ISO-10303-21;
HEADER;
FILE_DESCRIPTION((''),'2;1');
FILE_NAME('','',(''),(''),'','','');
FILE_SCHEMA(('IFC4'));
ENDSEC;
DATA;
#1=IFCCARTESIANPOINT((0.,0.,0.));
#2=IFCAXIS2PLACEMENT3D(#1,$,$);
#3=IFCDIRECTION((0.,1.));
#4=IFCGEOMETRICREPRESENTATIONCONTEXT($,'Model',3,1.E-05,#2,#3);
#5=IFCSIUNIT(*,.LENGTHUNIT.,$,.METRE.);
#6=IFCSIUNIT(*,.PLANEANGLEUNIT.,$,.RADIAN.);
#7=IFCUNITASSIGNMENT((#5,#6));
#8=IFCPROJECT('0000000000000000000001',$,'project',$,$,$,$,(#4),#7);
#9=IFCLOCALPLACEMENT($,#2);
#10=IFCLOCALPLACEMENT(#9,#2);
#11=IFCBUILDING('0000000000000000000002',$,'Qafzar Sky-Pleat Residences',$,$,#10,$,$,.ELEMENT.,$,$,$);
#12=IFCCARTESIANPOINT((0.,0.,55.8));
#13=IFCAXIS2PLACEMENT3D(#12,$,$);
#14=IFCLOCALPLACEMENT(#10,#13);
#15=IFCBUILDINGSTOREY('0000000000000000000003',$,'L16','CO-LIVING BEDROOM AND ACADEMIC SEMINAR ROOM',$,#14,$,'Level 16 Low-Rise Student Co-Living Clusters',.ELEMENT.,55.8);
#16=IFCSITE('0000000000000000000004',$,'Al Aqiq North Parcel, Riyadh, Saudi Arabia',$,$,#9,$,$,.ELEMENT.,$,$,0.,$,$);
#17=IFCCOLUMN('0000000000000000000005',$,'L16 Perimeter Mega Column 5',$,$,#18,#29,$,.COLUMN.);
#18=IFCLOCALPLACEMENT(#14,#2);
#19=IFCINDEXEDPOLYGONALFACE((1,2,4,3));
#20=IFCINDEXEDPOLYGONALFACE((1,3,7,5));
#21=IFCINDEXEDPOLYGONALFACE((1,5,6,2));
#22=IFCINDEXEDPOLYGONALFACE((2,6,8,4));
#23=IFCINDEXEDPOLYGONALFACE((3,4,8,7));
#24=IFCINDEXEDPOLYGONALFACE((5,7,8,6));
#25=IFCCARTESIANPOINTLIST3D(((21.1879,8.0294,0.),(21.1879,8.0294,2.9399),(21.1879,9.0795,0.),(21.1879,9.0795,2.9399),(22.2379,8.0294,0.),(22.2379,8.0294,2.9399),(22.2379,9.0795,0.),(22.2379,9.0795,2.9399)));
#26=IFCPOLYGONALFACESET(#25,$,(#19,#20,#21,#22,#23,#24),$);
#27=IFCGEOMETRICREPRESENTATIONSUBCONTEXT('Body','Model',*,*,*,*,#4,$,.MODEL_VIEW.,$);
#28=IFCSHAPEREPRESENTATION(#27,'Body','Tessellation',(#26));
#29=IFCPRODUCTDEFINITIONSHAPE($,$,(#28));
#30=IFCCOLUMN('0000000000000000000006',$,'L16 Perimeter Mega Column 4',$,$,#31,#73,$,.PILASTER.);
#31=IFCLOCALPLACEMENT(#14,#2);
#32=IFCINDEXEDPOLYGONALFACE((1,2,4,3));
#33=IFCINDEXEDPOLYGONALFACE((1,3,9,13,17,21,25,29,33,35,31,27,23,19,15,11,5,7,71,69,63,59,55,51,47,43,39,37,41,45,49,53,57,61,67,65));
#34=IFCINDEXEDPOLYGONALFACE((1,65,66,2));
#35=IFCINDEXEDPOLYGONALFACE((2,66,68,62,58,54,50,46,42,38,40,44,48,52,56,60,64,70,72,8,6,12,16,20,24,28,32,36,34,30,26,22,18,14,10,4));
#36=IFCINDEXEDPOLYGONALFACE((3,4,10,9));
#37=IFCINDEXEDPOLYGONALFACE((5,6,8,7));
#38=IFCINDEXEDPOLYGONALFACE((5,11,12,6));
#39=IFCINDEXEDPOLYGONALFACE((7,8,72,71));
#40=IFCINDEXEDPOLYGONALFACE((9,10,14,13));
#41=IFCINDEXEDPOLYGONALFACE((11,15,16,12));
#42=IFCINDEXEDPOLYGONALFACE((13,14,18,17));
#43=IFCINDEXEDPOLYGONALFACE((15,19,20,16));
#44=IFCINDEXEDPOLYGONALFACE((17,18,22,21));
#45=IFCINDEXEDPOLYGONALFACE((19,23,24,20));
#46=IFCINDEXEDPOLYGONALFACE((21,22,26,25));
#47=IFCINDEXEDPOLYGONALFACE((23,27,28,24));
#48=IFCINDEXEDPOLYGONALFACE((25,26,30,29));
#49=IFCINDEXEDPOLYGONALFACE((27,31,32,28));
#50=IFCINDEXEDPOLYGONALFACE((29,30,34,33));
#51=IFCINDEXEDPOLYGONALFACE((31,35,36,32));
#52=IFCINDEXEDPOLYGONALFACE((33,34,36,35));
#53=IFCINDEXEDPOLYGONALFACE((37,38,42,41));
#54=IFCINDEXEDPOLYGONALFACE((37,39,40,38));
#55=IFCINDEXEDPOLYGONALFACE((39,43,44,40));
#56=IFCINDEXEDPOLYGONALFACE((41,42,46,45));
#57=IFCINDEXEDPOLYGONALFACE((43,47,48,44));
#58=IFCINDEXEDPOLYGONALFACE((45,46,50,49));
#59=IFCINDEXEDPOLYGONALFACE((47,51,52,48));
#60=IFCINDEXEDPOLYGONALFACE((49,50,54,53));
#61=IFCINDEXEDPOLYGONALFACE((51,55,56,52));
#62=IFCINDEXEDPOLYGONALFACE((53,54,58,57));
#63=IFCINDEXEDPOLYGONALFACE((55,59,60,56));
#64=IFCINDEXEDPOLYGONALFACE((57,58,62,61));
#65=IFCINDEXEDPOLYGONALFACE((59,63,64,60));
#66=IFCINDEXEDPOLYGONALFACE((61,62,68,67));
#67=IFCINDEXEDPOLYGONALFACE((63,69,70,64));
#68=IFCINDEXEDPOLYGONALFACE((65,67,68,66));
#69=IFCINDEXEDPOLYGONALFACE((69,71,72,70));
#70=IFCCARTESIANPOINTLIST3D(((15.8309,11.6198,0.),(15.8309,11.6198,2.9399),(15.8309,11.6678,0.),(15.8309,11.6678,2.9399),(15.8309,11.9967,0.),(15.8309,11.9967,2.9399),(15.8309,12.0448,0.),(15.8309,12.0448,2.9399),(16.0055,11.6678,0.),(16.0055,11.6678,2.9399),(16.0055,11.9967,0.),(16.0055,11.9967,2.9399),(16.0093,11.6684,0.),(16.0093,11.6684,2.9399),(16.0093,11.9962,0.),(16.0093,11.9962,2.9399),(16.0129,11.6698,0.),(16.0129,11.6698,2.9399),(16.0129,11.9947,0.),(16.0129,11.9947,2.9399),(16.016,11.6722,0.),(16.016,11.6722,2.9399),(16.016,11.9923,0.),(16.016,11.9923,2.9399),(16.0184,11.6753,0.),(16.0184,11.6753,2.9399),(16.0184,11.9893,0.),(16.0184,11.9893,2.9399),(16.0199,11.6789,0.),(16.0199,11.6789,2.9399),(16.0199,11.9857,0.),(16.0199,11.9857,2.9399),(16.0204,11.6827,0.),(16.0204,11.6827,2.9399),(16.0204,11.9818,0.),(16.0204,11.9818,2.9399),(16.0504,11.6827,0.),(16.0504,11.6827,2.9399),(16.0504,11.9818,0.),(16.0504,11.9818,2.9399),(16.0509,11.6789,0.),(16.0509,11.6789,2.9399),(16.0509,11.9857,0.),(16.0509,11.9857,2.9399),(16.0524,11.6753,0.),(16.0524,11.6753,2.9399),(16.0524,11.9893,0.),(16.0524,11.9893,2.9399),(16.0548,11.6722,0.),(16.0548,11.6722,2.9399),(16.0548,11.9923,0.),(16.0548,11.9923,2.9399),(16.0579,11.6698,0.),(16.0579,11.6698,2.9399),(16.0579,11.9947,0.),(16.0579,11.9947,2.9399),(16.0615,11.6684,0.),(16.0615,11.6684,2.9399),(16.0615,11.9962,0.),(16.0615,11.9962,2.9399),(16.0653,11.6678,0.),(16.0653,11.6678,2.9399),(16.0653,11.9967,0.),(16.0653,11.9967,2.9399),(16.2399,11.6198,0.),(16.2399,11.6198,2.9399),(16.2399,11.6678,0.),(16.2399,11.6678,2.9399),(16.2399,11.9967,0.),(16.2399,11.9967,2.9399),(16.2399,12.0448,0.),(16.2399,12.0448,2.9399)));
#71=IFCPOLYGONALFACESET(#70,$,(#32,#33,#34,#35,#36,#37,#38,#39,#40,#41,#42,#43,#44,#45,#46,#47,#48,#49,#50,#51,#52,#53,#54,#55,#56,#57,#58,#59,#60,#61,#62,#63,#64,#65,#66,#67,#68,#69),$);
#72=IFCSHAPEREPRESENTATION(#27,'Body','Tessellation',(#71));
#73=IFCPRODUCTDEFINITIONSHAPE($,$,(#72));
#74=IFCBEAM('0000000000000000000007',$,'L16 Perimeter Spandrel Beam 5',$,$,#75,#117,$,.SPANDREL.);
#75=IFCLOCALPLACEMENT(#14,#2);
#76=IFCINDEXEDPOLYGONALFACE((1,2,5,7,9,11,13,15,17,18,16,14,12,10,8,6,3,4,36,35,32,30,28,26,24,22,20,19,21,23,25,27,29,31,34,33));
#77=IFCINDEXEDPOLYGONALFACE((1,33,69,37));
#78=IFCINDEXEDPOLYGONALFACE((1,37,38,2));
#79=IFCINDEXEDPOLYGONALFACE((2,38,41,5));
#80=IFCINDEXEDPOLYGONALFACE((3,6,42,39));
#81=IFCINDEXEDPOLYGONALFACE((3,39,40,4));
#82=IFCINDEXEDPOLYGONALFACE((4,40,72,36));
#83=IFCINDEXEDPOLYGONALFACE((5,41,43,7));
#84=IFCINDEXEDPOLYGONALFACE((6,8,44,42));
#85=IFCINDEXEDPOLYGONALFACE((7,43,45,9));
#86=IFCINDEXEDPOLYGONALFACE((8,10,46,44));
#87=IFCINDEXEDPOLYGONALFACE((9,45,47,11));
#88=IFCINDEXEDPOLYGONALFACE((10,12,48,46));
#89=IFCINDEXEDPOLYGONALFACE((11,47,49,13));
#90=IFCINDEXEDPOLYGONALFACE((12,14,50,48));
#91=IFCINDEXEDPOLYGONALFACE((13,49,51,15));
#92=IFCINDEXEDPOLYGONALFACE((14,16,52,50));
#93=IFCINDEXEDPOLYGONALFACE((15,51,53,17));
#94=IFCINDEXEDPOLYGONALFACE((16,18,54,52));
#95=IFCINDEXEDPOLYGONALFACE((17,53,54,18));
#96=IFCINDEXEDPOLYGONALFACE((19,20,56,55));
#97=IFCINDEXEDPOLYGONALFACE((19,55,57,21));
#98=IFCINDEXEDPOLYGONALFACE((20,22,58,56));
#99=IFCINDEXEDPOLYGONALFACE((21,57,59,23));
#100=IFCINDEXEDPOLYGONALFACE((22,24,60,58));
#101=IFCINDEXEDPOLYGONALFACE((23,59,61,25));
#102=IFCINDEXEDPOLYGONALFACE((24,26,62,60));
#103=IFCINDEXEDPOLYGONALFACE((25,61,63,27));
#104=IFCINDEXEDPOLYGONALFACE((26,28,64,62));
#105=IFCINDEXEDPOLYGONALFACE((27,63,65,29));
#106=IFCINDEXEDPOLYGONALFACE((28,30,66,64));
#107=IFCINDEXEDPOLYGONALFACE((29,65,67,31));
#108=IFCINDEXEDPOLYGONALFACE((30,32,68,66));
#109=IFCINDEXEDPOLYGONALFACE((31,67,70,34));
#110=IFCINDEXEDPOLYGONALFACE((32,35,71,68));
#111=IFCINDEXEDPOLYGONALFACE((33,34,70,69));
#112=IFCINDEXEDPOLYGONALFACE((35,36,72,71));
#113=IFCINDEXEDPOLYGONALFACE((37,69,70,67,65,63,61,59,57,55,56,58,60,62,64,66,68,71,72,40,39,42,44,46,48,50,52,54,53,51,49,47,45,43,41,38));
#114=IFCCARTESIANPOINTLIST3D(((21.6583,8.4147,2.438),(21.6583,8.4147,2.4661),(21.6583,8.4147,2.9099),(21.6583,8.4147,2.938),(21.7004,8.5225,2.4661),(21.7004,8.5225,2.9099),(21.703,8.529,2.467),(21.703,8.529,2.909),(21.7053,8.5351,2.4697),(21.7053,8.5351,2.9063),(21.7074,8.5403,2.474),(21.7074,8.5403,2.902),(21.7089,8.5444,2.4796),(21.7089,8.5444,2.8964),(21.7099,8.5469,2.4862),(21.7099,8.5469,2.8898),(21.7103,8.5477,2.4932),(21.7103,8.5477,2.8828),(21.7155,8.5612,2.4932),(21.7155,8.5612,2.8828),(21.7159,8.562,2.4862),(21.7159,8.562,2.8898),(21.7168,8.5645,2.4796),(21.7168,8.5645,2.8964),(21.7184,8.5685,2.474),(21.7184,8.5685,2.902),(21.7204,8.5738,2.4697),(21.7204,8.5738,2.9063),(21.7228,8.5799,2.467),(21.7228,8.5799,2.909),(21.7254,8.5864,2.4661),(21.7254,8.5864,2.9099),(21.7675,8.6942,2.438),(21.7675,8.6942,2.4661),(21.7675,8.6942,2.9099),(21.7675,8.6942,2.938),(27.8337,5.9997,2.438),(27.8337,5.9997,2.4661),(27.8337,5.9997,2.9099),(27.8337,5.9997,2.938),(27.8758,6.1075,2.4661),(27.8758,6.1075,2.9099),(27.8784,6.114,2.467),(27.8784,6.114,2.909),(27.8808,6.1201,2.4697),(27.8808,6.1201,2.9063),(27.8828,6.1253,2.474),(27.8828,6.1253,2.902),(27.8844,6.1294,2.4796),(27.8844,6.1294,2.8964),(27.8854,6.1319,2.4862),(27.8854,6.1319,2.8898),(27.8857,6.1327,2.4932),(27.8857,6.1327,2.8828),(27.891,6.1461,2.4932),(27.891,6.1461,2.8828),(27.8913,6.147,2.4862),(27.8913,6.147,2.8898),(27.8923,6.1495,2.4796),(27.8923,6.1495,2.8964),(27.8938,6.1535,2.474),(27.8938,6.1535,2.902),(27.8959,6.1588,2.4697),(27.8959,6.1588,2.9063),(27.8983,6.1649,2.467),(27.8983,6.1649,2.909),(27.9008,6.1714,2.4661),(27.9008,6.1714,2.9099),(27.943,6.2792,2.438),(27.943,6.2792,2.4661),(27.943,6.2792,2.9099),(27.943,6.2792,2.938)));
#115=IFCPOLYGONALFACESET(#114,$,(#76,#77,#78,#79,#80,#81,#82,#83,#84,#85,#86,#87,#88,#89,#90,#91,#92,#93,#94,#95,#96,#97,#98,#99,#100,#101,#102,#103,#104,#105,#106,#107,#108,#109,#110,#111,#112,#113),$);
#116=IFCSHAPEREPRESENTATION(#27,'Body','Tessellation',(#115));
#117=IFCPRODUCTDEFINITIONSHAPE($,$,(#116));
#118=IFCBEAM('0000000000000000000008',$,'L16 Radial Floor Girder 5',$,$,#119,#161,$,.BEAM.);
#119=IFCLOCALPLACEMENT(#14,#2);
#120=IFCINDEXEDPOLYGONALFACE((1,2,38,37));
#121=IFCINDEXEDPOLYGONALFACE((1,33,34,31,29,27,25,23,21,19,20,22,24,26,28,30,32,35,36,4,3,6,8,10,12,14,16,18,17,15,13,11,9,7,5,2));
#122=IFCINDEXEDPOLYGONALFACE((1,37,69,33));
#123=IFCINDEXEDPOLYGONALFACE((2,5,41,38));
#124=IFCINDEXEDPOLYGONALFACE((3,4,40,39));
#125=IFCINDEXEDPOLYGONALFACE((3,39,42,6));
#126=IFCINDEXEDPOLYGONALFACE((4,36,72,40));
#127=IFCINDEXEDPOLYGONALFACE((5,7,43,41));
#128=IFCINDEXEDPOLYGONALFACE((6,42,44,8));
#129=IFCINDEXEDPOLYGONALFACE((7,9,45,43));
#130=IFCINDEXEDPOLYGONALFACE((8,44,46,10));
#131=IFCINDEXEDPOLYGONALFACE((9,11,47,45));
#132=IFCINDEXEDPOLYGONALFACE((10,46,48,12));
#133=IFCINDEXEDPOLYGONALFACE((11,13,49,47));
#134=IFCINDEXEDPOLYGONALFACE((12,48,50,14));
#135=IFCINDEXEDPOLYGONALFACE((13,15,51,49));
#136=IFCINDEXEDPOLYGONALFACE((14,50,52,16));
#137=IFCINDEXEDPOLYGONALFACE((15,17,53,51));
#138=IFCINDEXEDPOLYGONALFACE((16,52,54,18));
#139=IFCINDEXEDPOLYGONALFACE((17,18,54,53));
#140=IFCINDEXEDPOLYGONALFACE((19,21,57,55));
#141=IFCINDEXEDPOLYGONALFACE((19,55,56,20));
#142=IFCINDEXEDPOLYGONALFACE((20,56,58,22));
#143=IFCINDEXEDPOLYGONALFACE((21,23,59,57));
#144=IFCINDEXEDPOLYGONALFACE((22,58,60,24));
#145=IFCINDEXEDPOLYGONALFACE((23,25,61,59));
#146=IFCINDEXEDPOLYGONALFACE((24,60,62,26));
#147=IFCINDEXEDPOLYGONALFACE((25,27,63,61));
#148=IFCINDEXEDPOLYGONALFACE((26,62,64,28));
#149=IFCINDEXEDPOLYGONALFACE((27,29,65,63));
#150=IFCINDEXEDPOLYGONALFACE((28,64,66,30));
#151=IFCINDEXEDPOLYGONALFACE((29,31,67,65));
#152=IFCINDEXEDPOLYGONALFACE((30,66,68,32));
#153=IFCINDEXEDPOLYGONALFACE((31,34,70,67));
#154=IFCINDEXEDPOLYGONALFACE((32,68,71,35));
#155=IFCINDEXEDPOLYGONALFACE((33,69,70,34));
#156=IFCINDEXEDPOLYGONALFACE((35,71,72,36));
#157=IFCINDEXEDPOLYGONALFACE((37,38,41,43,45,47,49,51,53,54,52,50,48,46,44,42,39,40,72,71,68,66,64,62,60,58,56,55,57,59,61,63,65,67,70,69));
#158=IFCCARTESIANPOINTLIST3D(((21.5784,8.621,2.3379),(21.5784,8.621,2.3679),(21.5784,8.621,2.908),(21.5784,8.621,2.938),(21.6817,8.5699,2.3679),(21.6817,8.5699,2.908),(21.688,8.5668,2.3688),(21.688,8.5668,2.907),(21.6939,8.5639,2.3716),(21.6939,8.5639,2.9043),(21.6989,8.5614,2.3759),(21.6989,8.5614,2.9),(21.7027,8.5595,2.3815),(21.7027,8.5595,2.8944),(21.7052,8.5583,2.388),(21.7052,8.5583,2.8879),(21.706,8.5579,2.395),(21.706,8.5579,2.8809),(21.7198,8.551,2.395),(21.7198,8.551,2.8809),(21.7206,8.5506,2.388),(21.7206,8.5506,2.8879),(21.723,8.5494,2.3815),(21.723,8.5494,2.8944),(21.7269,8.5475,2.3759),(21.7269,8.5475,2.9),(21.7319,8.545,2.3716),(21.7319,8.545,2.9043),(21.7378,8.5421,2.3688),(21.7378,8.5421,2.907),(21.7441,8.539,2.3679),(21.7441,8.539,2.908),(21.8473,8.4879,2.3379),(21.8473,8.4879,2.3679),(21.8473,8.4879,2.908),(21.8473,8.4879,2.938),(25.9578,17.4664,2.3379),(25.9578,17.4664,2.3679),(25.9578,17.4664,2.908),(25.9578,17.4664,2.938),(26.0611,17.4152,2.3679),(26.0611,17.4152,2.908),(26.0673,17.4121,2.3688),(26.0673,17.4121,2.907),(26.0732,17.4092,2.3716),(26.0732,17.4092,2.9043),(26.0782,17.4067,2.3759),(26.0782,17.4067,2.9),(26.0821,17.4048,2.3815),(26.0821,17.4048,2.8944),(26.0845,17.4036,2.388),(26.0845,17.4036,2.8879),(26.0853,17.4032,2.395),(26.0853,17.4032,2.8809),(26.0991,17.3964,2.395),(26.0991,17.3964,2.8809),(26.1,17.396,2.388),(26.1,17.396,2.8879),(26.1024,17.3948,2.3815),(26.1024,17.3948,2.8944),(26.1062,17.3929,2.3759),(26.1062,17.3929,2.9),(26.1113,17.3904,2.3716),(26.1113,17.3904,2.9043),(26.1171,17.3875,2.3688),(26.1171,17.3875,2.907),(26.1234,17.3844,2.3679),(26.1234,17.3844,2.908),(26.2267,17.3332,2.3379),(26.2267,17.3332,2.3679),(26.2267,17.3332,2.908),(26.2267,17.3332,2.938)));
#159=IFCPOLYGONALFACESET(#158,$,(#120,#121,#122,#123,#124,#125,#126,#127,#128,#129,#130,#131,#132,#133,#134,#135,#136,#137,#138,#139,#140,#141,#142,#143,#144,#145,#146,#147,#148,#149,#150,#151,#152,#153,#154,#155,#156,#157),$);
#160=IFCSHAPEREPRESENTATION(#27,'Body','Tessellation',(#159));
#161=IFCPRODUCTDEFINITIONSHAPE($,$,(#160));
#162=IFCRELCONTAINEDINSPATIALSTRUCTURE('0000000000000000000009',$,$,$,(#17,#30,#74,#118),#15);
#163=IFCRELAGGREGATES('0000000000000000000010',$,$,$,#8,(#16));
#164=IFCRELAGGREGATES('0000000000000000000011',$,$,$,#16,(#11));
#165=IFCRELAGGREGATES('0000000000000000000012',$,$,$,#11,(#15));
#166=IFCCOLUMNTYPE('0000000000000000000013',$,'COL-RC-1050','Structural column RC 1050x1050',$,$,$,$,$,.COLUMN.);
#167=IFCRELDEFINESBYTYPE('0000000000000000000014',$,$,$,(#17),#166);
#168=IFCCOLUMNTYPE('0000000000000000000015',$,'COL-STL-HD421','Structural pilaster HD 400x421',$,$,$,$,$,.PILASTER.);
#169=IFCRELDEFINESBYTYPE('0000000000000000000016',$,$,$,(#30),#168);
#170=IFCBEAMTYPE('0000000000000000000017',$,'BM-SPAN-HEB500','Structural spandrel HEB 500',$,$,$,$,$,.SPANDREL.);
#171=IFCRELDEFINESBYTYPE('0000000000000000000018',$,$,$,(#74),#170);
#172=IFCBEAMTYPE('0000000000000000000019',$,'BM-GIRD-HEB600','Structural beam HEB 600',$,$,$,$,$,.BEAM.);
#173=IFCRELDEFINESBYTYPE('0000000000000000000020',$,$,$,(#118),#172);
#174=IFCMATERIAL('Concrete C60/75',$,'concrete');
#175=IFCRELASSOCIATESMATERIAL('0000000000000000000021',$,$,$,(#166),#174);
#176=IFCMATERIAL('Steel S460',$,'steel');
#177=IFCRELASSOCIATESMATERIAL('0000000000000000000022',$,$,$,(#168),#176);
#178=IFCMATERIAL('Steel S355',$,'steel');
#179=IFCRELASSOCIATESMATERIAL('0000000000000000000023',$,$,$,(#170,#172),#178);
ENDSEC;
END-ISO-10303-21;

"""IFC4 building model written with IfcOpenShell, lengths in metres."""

from ifc_helpers import new_model, si_unit, direction, frame, origin, origin_2d, place, context, subcontext, project, spatial, rectangle, i_section, extrude, source, transform, mapped, material, material_profile, profile_set, type_object, element, save


model = new_model("IFC4")

# Units and contexts
model_context = context("Model", 3, precision=1e-05, world=origin(), true_north=direction((0.0, 1.0)))
body_context = subcontext(model_context, "Body", "Model", "MODEL_VIEW")
ifc_project = project(units=[si_unit("LENGTHUNIT", "METRE"), si_unit("PLANEANGLEUNIT", "RADIAN")], contexts=[model_context])

# Site, building, storey
site_placement = place(None, origin())
site = spatial("IfcSite", under=ifc_project, at=site_placement, Name="Al Aqiq North Parcel, Riyadh, Saudi Arabia", CompositionType="ELEMENT", RefElevation=0.0)
building_placement = place(site_placement, origin())
building = spatial("IfcBuilding", under=site, at=building_placement, Name="Qafzar Sky-Pleat Residences", CompositionType="ELEMENT")
storey_placement = place(building_placement, frame((0.0, 0.0, 55.8)))
storey = spatial("IfcBuildingStorey", under=building, at=storey_placement, Name="L16", Description="CO-LIVING BEDROOM AND ACADEMIC SEMINAR ROOM", LongName="Level 16 Low-Rise Student Co-Living Clusters", CompositionType="ELEMENT", Elevation=55.8)

# Columns
ifc_material_1 = material(Name="Concrete C60/75", Category="concrete")
ifc_material_profile_1 = material_profile(ifc_material_1, rectangle(XDim=1.05, YDim=1.05, at=origin_2d()), Name="RC 1050x1050")
ifc_profile_set_1 = profile_set([ifc_material_profile_1], Name="Concrete C60/75")
column_type_1 = type_object("IfcColumnType", Name="COL-RC-1050", Description="Structural column RC 1050x1050", PredefinedType="COLUMN", material=ifc_profile_set_1)
shared_shape_1 = source(origin(), body_context, "Body", "SweptSolid", [
    extrude(rectangle(XDim=1.05, YDim=1.05, at=origin_2d()), origin(), (0.0, 0.0, 1.0), 2.9399),
])
column_1_placement = place(storey_placement, frame((21.7129, 8.5544, 0.0), z_axis=(0.0, 0.0, 1.0), x_axis=(1.0, 0.0, 0.0)))
element("IfcColumn", 1, at=column_1_placement, inside=storey, type_object=column_type_1, Name="L16 Perimeter Mega Column 5", PredefinedType="COLUMN", context=body_context, shape_type="MappedRepresentation", body=[
    mapped(shared_shape_1, transform((0.0, 0.0, 0.0), x_axis=(1.0, 0.0, 0.0), y_axis=(0.0, 1.0, 0.0), z_axis=(0.0, 0.0, 1.0), scale=1.0)),
])
ifc_material_2 = material(Name="Steel S460", Category="steel")
ifc_material_profile_2 = material_profile(ifc_material_2, i_section(OverallWidth=0.4089, OverallDepth=0.425, WebThickness=0.03, FlangeThickness=0.0481, FilletRadius=0.0149, at=origin_2d()), Name="HD 400x421")
ifc_profile_set_2 = profile_set([ifc_material_profile_2], Name="Steel S460")
column_type_2 = type_object("IfcColumnType", Name="COL-STL-HD421", Description="Structural pilaster HD 400x421", PredefinedType="PILASTER", material=ifc_profile_set_2)
shared_shape_2 = source(origin(), body_context, "Body", "SweptSolid", [
    extrude(i_section(OverallWidth=0.4089, OverallDepth=0.425, WebThickness=0.03, FlangeThickness=0.0481, FilletRadius=0.0149, at=origin_2d()), origin(), (0.0, 0.0, 1.0), 2.9399),
])
column_2_placement = place(storey_placement, frame((16.0354, 11.8323, 0.0), z_axis=(0.0, 0.0, 1.0), x_axis=(1.0, 0.0, 0.0)))
element("IfcColumn", 2, at=column_2_placement, inside=storey, type_object=column_type_2, Name="L16 Perimeter Mega Column 4", PredefinedType="PILASTER", context=body_context, shape_type="MappedRepresentation", body=[
    mapped(shared_shape_2, transform((0.0, 0.0, 0.0), x_axis=(1.0, 0.0, 0.0), y_axis=(0.0, 1.0, 0.0), z_axis=(0.0, 0.0, 1.0), scale=1.0)),
])

# Beams
ifc_material_3 = material(Name="Steel S355", Category="steel")
ifc_material_profile_3 = material_profile(ifc_material_3, i_section(OverallWidth=0.3, OverallDepth=0.5, WebThickness=0.0144, FlangeThickness=0.0281, FilletRadius=0.0271, at=origin_2d()), Name="HEB 500")
ifc_profile_set_3 = profile_set([ifc_material_profile_3], Name="Steel S355")
beam_type_1 = type_object("IfcBeamType", Name="BM-SPAN-HEB500", Description="Structural spandrel HEB 500", PredefinedType="SPANDREL", material=ifc_profile_set_3)
shared_shape_3 = source(origin(), body_context, "Body", "SweptSolid", [
    extrude(i_section(OverallWidth=0.3, OverallDepth=0.5, WebThickness=0.0144, FlangeThickness=0.0281, FilletRadius=0.0271, at=origin_2d()), origin(), (0.0, 0.0, 1.0), 6.6309),
])
beam_1_placement = place(storey_placement, frame((21.7129, 8.5544, 2.688), z_axis=(0.931318, -0.364206, 0.0), x_axis=(0.364206, 0.931318, 0.0)))
element("IfcBeam", 3, at=beam_1_placement, inside=storey, type_object=beam_type_1, Name="L16 Perimeter Spandrel Beam 5", PredefinedType="SPANDREL", context=body_context, shape_type="MappedRepresentation", body=[
    mapped(shared_shape_3, transform((0.0, 0.0, 0.0), x_axis=(1.0, 0.0, 0.0), y_axis=(0.0, 1.0, 0.0), z_axis=(0.0, 0.0, 1.0), scale=1.0)),
])
ifc_material_profile_4 = material_profile(ifc_material_3, i_section(OverallWidth=0.3, OverallDepth=0.6001, WebThickness=0.0154, FlangeThickness=0.03, FilletRadius=0.0271, at=origin_2d()), Name="HEB 600")
ifc_profile_set_4 = profile_set([ifc_material_profile_4], Name="Steel S355")
beam_type_2 = type_object("IfcBeamType", Name="BM-GIRD-HEB600", Description="Structural beam HEB 600", PredefinedType="BEAM", material=ifc_profile_set_4)
shared_shape_4 = source(origin(), body_context, "Body", "SweptSolid", [
    extrude(i_section(OverallWidth=0.3, OverallDepth=0.6001, WebThickness=0.0154, FlangeThickness=0.03, FilletRadius=0.0271, at=origin_2d()), origin(), (0.0, 0.0, 1.0), 9.8701),
])
beam_2_placement = place(storey_placement, frame((21.7129, 8.5544, 2.6379), z_axis=(0.443698, 0.896176, 0.0), x_axis=(-0.896176, 0.443698, 0.0)))
element("IfcBeam", 4, at=beam_2_placement, inside=storey, type_object=beam_type_2, Name="L16 Radial Floor Girder 5", PredefinedType="BEAM", context=body_context, shape_type="MappedRepresentation", body=[
    mapped(shared_shape_4, transform((0.0, 0.0, 0.0), x_axis=(1.0, 0.0, 0.0), y_axis=(0.0, 1.0, 0.0), z_axis=(0.0, 0.0, 1.0), scale=1.0)),
])

save(model, "model.ifc")
